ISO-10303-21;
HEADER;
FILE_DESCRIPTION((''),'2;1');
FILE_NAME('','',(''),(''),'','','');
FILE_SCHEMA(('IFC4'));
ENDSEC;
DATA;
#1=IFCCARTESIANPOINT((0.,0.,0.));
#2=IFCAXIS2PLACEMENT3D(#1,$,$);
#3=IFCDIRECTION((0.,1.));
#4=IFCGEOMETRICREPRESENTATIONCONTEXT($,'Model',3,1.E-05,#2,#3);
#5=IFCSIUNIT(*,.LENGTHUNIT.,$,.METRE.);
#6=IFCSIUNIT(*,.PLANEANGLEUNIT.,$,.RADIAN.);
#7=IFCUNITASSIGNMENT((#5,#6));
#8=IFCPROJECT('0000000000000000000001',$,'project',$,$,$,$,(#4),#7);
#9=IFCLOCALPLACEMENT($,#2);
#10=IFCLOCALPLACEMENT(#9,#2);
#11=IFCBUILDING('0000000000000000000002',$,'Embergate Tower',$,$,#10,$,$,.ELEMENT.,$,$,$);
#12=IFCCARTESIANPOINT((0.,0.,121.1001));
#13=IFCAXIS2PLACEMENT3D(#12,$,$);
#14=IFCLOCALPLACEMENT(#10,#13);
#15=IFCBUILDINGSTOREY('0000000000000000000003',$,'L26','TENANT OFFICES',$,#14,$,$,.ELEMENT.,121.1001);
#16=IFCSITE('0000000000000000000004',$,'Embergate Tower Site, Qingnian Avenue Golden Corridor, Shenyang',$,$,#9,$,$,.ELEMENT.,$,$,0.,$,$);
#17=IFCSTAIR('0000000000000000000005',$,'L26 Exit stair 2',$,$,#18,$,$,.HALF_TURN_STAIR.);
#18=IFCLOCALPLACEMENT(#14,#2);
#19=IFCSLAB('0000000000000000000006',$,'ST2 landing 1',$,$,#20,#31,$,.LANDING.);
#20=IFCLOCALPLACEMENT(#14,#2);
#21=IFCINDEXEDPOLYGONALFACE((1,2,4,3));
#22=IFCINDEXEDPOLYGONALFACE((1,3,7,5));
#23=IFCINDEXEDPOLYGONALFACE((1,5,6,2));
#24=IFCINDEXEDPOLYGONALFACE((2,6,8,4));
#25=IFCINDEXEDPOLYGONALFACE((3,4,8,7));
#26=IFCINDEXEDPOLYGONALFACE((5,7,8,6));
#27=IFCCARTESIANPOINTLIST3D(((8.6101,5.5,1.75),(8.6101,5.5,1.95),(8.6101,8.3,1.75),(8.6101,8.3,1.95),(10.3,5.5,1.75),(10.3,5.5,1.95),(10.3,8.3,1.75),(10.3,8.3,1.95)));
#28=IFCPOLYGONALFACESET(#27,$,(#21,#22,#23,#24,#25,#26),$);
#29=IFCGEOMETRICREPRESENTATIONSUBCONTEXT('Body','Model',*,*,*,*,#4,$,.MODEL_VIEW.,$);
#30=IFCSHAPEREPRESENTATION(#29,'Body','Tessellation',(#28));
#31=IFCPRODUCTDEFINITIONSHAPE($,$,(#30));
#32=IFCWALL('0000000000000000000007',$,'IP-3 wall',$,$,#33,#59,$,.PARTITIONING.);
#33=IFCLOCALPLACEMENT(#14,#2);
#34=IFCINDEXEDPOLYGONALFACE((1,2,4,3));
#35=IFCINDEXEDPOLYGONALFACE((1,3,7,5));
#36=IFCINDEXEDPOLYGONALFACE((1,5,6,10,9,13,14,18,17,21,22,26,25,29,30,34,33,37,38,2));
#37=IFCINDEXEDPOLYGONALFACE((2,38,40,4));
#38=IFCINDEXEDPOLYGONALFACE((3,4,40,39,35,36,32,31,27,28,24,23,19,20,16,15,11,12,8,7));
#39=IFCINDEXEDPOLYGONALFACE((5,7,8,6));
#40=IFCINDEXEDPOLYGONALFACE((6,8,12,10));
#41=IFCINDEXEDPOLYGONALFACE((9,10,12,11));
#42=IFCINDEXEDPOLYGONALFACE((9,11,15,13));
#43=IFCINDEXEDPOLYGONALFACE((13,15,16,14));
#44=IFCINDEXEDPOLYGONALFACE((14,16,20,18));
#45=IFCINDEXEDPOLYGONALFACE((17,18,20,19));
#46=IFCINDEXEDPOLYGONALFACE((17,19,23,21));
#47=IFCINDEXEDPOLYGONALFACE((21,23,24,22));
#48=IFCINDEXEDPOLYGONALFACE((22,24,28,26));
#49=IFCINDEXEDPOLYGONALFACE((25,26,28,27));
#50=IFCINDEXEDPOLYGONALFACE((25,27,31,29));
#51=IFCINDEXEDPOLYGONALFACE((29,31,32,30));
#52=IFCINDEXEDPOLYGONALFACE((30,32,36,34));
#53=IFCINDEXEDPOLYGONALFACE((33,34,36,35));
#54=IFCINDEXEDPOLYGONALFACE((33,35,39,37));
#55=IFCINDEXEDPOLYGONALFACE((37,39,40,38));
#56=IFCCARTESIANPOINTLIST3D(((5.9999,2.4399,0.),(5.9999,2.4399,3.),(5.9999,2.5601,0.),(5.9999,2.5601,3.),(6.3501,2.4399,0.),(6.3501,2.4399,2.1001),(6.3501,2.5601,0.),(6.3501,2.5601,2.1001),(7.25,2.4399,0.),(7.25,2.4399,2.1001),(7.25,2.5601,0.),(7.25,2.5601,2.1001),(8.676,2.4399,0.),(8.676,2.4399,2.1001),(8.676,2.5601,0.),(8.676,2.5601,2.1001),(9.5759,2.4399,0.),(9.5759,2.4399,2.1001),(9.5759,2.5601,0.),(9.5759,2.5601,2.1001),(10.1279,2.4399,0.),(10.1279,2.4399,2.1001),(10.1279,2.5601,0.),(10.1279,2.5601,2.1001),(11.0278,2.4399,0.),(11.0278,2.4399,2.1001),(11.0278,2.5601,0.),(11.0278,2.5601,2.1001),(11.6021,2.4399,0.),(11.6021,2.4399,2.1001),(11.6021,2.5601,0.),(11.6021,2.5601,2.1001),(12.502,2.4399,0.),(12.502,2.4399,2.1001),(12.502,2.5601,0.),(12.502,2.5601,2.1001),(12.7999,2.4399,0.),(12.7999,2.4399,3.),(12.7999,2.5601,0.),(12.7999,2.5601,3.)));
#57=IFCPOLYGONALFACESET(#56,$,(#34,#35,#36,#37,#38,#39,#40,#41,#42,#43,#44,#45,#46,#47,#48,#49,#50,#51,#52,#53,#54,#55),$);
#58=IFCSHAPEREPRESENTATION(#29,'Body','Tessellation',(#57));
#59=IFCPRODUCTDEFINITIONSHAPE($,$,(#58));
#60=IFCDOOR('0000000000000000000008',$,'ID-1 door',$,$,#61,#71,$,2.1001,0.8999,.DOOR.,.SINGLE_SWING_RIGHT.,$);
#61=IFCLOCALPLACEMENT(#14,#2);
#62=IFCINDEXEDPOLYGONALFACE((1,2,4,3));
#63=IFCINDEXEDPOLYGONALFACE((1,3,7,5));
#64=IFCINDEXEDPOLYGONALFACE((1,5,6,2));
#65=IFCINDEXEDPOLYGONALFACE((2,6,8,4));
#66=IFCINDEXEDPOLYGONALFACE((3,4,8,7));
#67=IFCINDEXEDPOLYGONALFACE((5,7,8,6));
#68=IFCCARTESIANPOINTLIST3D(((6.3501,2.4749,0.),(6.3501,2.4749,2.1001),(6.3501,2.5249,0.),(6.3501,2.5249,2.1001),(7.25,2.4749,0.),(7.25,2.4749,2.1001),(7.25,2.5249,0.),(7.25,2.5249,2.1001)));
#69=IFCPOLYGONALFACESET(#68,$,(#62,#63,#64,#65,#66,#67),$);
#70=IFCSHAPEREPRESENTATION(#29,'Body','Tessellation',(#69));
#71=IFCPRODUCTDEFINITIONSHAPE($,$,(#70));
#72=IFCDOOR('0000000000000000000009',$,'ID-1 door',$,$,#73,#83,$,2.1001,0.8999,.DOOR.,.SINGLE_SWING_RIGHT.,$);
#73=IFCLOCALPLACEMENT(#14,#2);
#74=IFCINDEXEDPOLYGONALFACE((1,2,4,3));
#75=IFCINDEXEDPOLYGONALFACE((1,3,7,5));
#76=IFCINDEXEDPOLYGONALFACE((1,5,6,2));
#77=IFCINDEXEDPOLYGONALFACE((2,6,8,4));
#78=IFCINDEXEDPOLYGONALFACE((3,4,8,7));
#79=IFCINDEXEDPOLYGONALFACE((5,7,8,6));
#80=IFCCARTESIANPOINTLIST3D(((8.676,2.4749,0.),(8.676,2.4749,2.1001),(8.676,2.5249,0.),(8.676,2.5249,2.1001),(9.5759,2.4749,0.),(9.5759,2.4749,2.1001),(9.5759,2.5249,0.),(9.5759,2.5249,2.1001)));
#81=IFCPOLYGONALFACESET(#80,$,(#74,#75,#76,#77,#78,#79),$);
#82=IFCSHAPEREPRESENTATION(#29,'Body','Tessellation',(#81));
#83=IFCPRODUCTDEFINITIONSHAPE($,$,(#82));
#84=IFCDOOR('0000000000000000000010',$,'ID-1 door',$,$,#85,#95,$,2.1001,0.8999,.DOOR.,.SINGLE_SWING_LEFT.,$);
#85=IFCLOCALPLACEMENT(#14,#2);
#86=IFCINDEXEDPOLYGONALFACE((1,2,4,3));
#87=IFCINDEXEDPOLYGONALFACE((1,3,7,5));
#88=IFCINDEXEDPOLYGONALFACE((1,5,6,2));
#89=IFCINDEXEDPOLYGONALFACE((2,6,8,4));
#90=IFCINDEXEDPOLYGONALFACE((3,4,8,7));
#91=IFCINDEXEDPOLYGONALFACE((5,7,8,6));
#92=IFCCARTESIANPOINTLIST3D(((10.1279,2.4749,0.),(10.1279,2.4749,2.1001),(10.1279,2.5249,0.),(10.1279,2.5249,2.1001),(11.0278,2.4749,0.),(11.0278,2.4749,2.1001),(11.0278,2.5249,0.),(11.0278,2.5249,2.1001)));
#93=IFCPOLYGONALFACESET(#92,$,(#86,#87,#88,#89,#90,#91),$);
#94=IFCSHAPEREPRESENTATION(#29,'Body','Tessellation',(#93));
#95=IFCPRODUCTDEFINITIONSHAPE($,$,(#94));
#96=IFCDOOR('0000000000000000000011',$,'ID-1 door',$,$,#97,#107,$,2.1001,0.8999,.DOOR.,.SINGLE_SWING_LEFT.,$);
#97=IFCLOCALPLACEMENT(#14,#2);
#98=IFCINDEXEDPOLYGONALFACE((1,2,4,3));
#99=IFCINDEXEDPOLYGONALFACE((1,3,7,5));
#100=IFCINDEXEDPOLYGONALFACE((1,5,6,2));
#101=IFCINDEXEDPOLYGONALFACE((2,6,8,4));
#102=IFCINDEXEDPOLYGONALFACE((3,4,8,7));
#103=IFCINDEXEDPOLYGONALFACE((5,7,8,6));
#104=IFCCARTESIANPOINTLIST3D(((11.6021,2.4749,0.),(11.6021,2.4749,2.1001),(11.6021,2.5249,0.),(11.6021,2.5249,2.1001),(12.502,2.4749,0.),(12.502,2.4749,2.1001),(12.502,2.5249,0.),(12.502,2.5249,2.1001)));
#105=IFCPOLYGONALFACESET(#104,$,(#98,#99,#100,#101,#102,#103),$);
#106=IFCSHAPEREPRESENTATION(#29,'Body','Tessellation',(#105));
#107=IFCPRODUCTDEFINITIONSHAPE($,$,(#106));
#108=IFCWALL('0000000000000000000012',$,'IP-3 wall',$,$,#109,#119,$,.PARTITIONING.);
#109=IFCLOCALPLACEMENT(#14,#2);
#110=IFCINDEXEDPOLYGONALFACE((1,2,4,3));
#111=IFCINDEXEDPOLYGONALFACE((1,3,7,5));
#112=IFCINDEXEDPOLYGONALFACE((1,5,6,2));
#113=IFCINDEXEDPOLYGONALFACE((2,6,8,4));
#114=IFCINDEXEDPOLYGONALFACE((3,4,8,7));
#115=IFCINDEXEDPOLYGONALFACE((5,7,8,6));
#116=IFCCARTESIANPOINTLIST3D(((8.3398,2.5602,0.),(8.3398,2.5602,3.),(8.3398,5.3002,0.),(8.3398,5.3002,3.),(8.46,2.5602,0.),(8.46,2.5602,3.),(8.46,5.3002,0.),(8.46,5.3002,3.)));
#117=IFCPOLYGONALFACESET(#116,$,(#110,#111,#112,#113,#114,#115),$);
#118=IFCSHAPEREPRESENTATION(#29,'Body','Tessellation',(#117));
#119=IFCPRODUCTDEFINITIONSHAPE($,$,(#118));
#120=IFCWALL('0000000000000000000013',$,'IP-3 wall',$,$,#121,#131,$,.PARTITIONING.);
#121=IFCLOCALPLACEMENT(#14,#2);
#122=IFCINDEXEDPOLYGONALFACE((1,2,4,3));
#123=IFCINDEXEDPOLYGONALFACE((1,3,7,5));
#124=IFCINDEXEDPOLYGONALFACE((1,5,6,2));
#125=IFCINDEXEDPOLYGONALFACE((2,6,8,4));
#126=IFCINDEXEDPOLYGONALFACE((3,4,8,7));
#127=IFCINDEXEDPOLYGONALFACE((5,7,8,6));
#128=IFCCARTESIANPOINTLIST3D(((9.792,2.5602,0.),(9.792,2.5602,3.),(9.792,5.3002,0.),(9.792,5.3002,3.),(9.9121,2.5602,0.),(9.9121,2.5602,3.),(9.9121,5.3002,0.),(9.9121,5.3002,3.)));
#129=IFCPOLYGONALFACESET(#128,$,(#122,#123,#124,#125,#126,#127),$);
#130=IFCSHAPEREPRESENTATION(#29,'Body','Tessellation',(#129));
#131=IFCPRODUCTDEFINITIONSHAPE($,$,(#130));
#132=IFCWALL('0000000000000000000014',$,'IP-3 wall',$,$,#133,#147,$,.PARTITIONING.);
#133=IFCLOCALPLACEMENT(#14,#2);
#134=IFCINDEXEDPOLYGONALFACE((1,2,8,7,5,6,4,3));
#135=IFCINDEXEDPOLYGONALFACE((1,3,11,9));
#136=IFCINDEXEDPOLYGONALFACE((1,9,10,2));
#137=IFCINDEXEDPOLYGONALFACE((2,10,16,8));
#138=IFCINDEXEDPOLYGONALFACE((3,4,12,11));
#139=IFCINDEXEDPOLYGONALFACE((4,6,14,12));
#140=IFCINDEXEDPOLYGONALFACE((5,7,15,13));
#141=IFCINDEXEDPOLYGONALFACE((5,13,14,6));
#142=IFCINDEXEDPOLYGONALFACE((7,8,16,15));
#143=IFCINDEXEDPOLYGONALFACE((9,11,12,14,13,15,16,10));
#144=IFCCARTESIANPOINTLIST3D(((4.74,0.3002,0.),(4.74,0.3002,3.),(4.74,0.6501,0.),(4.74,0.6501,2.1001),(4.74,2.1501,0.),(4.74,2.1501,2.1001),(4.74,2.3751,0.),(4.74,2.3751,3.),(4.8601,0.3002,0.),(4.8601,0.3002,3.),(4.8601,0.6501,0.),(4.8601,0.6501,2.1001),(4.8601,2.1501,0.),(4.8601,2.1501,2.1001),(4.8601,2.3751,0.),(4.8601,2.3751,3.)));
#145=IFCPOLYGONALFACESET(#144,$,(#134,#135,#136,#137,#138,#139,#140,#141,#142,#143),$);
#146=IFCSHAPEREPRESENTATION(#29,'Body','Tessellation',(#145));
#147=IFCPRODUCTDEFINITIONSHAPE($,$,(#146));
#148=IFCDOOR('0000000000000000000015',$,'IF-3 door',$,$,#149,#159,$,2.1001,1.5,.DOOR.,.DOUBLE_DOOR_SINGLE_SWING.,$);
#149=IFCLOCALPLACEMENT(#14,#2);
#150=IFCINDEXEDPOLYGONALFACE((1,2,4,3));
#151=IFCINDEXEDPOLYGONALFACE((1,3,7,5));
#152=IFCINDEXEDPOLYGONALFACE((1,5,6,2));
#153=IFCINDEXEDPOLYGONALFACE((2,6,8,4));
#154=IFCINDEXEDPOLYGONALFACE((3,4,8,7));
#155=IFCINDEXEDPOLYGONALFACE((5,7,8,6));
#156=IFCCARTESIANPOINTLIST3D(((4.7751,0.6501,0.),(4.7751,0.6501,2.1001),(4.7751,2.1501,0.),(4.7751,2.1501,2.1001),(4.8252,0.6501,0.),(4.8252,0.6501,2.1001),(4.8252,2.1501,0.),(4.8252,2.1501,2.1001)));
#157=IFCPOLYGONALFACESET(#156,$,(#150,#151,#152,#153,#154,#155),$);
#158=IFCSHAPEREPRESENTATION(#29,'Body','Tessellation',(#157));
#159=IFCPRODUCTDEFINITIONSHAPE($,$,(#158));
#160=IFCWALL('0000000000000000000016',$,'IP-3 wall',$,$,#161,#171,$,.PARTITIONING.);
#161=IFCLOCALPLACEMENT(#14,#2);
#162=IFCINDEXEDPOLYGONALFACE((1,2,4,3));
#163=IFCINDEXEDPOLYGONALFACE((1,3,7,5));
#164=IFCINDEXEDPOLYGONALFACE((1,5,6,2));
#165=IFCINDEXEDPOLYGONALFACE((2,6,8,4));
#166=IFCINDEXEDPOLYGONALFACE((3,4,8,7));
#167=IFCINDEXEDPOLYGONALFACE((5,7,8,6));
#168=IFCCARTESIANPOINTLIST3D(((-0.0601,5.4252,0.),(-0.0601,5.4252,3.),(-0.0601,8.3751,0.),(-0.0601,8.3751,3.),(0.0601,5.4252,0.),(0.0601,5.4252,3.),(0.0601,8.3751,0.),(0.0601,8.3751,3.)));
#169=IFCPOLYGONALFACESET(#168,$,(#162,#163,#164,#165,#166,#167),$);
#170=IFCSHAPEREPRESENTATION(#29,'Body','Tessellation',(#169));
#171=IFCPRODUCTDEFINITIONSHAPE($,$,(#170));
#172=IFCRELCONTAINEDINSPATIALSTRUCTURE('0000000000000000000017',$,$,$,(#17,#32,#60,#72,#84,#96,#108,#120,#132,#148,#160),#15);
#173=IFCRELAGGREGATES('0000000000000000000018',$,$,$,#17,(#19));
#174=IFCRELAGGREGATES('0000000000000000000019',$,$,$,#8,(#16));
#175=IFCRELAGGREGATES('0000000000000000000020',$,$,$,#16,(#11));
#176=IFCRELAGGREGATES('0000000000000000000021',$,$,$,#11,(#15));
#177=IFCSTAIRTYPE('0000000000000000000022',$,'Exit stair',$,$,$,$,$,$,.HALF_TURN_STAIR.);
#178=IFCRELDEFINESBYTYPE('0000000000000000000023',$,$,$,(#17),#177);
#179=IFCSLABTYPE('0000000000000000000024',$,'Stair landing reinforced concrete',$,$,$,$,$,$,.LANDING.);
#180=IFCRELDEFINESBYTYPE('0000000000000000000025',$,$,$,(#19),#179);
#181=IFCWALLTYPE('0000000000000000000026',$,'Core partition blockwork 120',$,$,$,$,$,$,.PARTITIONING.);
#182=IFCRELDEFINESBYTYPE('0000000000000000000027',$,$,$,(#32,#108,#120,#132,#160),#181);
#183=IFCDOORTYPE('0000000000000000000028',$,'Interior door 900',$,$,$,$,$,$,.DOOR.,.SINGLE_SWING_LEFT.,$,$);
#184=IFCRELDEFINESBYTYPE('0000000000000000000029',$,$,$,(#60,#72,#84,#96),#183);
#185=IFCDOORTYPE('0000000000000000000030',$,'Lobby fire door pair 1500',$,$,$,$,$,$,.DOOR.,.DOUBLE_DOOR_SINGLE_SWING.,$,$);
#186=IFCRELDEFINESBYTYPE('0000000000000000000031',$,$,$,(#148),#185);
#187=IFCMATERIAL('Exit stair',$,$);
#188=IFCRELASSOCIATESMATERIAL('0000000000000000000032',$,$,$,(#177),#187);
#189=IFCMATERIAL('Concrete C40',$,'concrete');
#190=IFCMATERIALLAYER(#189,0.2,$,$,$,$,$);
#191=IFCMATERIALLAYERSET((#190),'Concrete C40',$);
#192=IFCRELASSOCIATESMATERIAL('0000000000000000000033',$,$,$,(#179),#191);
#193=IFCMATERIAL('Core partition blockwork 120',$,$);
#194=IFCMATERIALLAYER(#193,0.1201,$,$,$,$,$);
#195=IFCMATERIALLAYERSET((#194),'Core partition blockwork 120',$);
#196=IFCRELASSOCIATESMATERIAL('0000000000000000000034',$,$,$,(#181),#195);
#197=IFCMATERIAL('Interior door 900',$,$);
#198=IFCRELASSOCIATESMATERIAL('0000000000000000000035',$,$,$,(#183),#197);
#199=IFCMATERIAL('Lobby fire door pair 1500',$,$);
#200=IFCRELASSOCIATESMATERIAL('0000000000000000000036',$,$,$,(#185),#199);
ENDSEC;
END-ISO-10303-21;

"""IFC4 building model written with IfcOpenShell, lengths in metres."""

from ifc_helpers import new_model, si_unit, direction, frame, frame_2d, origin, place, context, subcontext, project, spatial, polyline, rectangle, outline, extrude, source, transform, mapped, material, layer, layer_set, type_object, element, fill, aggregate, save


model = new_model("IFC4")

# Units and contexts
model_context = context("Model", 3, precision=1e-05, world=origin(), true_north=direction((0.0, 1.0)))
body_context = subcontext(model_context, "Body", "Model", "MODEL_VIEW")
ifc_project = project(units=[si_unit("LENGTHUNIT", "METRE"), si_unit("PLANEANGLEUNIT", "RADIAN")], contexts=[model_context])

# Site, building, storey
site_placement = place(None, origin())
site = spatial("IfcSite", under=ifc_project, at=site_placement, Name="Embergate Tower Site, Qingnian Avenue Golden Corridor, Shenyang", CompositionType="ELEMENT", RefElevation=0.0)
building_placement = place(site_placement, origin())
building = spatial("IfcBuilding", under=site, at=building_placement, Name="Embergate Tower", CompositionType="ELEMENT")
storey_placement = place(building_placement, frame((0.0, 0.0, 121.1001)))
storey = spatial("IfcBuildingStorey", under=building, at=storey_placement, Name="L26", Description="TENANT OFFICES", CompositionType="ELEMENT", Elevation=121.1001)

# Stair, slab
ifc_material_1 = material(Name="Exit stair")
stair_type = type_object("IfcStairType", Name="Exit stair", PredefinedType="HALF_TURN_STAIR", material=ifc_material_1)
stair_placement = place(storey_placement, origin())
stair = element("IfcStair", 1, at=stair_placement, inside=storey, type_object=stair_type, Name="L26 Exit stair 2", PredefinedType="HALF_TURN_STAIR")
ifc_material_2 = material(Name="Concrete C40", Category="concrete")
ifc_layer_1 = layer(ifc_material_2, 0.2)
ifc_layer_set_1 = layer_set([ifc_layer_1], Name="Concrete C40")
slab_type = type_object("IfcSlabType", Name="Stair landing reinforced concrete", PredefinedType="LANDING", material=ifc_layer_set_1)
shared_shape_1 = source(origin(), body_context, "Body", "SweptSolid", [
    extrude(outline(polyline([(0.0, 0.0), (1.6899, 0.0), (1.6899, 2.8), (0.0, 2.8), (0.0, 0.0)])), origin(), (0.0, 0.0, 1.0), 0.2),
])
slab_placement = place(storey_placement, frame((8.6101, 5.5, 1.75)))
slab = element("IfcSlab", 2, at=slab_placement, type_object=slab_type, Name="ST2 landing 1", PredefinedType="LANDING", context=body_context, shape_type="MappedRepresentation", body=[
    mapped(shared_shape_1, transform((0.0, 0.0, 0.0))),
])

# Wall, openings, doors
ifc_material_3 = material(Name="Core partition blockwork 120")
ifc_layer_2 = layer(ifc_material_3, 0.1201)
ifc_layer_set_2 = layer_set([ifc_layer_2], Name="Core partition blockwork 120")
wall_type_1 = type_object("IfcWallType", Name="Core partition blockwork 120", PredefinedType="PARTITIONING", material=ifc_layer_set_2)
shared_shape_2 = source(origin(), body_context, "Body", "SweptSolid", [
    extrude(rectangle(XDim=6.8, YDim=0.1201, at=frame_2d((3.3999, 0.0))), origin(), (0.0, 0.0, 1.0), 3.0),
])
wall_1_placement = place(storey_placement, frame((6.0, 2.5, 0.0), z_axis=(0.0, 0.0, 1.0), x_axis=(1.0, 0.0, 0.0)))
wall_1 = element("IfcWall", 3, at=wall_1_placement, inside=storey, type_object=wall_type_1, Name="IP-3 wall", PredefinedType="PARTITIONING", context=body_context, shape_type="MappedRepresentation", body=[
    mapped(shared_shape_2, transform((0.0, 0.0, 0.0))),
])
shared_shape_3 = source(origin(), body_context, "Body", "SweptSolid", [
    extrude(rectangle(XDim=0.8999, YDim=2.1001, at=frame_2d((0.45, 1.05))), frame((0.0, 0.0701, 0.0), z_axis=(0.0, -1.0, 0.0), x_axis=(1.0, 0.0, 0.0)), (0.0, 0.0, 1.0), 0.1401),
])
opening_1_placement = place(wall_1_placement, frame((0.3501, 0.0, 0.0)))
opening_1 = element("IfcOpeningElement", 4, at=opening_1_placement, cuts=wall_1, PredefinedType="OPENING", context=body_context, shape_type="MappedRepresentation", body=[
    mapped(shared_shape_3, transform((0.0, 0.0, 0.0))),
])
opening_2_placement = place(wall_1_placement, frame((2.676, 0.0, 0.0)))
opening_2 = element("IfcOpeningElement", 5, at=opening_2_placement, cuts=wall_1, PredefinedType="OPENING", context=body_context, shape_type="MappedRepresentation", body=[
    mapped(shared_shape_3, transform((0.0, 0.0, 0.0))),
])
opening_3_placement = place(wall_1_placement, frame((4.1279, 0.0, 0.0)))
opening_3 = element("IfcOpeningElement", 6, at=opening_3_placement, cuts=wall_1, PredefinedType="OPENING", context=body_context, shape_type="MappedRepresentation", body=[
    mapped(shared_shape_3, transform((0.0, 0.0, 0.0))),
])
opening_4_placement = place(wall_1_placement, frame((5.6021, 0.0, 0.0)))
opening_4 = element("IfcOpeningElement", 7, at=opening_4_placement, cuts=wall_1, PredefinedType="OPENING", context=body_context, shape_type="MappedRepresentation", body=[
    mapped(shared_shape_3, transform((0.0, 0.0, 0.0))),
])
ifc_material_4 = material(Name="Interior door 900")
door_type_1 = type_object("IfcDoorType", Name="Interior door 900", OperationType="SINGLE_SWING_LEFT", PredefinedType="DOOR", material=ifc_material_4)
shared_shape_4 = source(origin(), body_context, "Body", "SweptSolid", [
    extrude(rectangle(XDim=0.8999, YDim=2.1001, at=frame_2d((0.45, 1.05))), frame((0.0, 0.0249, 0.0), z_axis=(0.0, -1.0, 0.0), x_axis=(1.0, 0.0, 0.0)), (0.0, 0.0, 1.0), 0.05),
])
door_1_placement = place(opening_1_placement, origin())
door_1 = element("IfcDoor", 8, at=door_1_placement, inside=storey, type_object=door_type_1, Name="ID-1 door", OperationType="SINGLE_SWING_RIGHT", OverallHeight=2.1001, OverallWidth=0.8999, PredefinedType="DOOR", context=body_context, shape_type="MappedRepresentation", body=[
    mapped(shared_shape_4, transform((0.0, 0.0, 0.0))),
])
fill(opening_1, door_1)
door_2_placement = place(opening_2_placement, origin())
door_2 = element("IfcDoor", 9, at=door_2_placement, inside=storey, type_object=door_type_1, Name="ID-1 door", OperationType="SINGLE_SWING_RIGHT", OverallHeight=2.1001, OverallWidth=0.8999, PredefinedType="DOOR", context=body_context, shape_type="MappedRepresentation", body=[
    mapped(shared_shape_4, transform((0.0, 0.0, 0.0))),
])
fill(opening_2, door_2)
door_3_placement = place(opening_3_placement, origin())
door_3 = element("IfcDoor", 10, at=door_3_placement, inside=storey, type_object=door_type_1, Name="ID-1 door", OperationType="SINGLE_SWING_LEFT", OverallHeight=2.1001, OverallWidth=0.8999, PredefinedType="DOOR", context=body_context, shape_type="MappedRepresentation", body=[
    mapped(shared_shape_4, transform((0.0, 0.0, 0.0))),
])
fill(opening_3, door_3)
door_4_placement = place(opening_4_placement, origin())
door_4 = element("IfcDoor", 11, at=door_4_placement, inside=storey, type_object=door_type_1, Name="ID-1 door", OperationType="SINGLE_SWING_LEFT", OverallHeight=2.1001, OverallWidth=0.8999, PredefinedType="DOOR", context=body_context, shape_type="MappedRepresentation", body=[
    mapped(shared_shape_4, transform((0.0, 0.0, 0.0))),
])
fill(opening_4, door_4)

# Walls
shared_shape_5 = source(origin(), body_context, "Body", "SweptSolid", [
    extrude(rectangle(XDim=2.74, YDim=0.1201, at=frame_2d((1.3701, 0.0))), origin(), (0.0, 0.0, 1.0), 3.0),
])
for number, where, z_axis, x_axis, name in (
    (12, (8.3999, 2.5601, 0.0), (0.0, 0.0, 1.0), (0.0, 1.0, 0.0), "IP-3 wall"),
    (13, (9.8521, 2.5601, 0.0), (0.0, 0.0, 1.0), (0.0, 1.0, 0.0), "IP-3 wall"),
):
    element("IfcWall", number, at=place(storey_placement, frame(where, z_axis=z_axis, x_axis=x_axis)), inside=storey, type_object=wall_type_1, Name=name, PredefinedType="PARTITIONING", context=body_context, shape_type="MappedRepresentation", body=[
        mapped(shared_shape_5, transform((0.0, 0.0, 0.0))),
    ])

# Wall, opening, door
shared_shape_6 = source(origin(), body_context, "Body", "SweptSolid", [
    extrude(rectangle(XDim=2.075, YDim=0.1201, at=frame_2d((1.0376, 0.0))), origin(), (0.0, 0.0, 1.0), 3.0),
])
wall_2_placement = place(storey_placement, frame((4.8, 0.3, 0.0), z_axis=(0.0, 0.0, 1.0), x_axis=(0.0, 1.0, 0.0)))
wall_2 = element("IfcWall", 14, at=wall_2_placement, inside=storey, type_object=wall_type_1, Name="IP-3 wall", PredefinedType="PARTITIONING", context=body_context, shape_type="MappedRepresentation", body=[
    mapped(shared_shape_6, transform((0.0, 0.0, 0.0))),
])
shared_shape_7 = source(origin(), body_context, "Body", "SweptSolid", [
    extrude(rectangle(XDim=1.5, YDim=2.1001, at=frame_2d((0.75, 1.05))), frame((0.0, 0.0701, 0.0), z_axis=(0.0, -1.0, 0.0), x_axis=(1.0, 0.0, 0.0)), (0.0, 0.0, 1.0), 0.1401),
])
opening_5_placement = place(wall_2_placement, frame((0.3501, 0.0, 0.0)))
opening_5 = element("IfcOpeningElement", 15, at=opening_5_placement, cuts=wall_2, PredefinedType="OPENING", context=body_context, shape_type="MappedRepresentation", body=[
    mapped(shared_shape_7, transform((0.0, 0.0, 0.0))),
])
ifc_material_5 = material(Name="Lobby fire door pair 1500")
door_type_2 = type_object("IfcDoorType", Name="Lobby fire door pair 1500", OperationType="DOUBLE_DOOR_SINGLE_SWING", PredefinedType="DOOR", material=ifc_material_5)
shared_shape_8 = source(origin(), body_context, "Body", "SweptSolid", [
    extrude(rectangle(XDim=1.5, YDim=2.1001, at=frame_2d((0.75, 1.05))), frame((0.0, 0.0249, 0.0), z_axis=(0.0, -1.0, 0.0), x_axis=(1.0, 0.0, 0.0)), (0.0, 0.0, 1.0), 0.05),
])
door_5_placement = place(opening_5_placement, origin())
door_5 = element("IfcDoor", 16, at=door_5_placement, inside=storey, type_object=door_type_2, Name="IF-3 door", OperationType="DOUBLE_DOOR_SINGLE_SWING", OverallHeight=2.1001, OverallWidth=1.5, PredefinedType="DOOR", context=body_context, shape_type="MappedRepresentation", body=[
    mapped(shared_shape_8, transform((0.0, 0.0, 0.0))),
])
fill(opening_5, door_5)

# Wall
shared_shape_9 = source(origin(), body_context, "Body", "SweptSolid", [
    extrude(rectangle(XDim=2.95, YDim=0.1201, at=frame_2d((1.4751, 0.0))), origin(), (0.0, 0.0, 1.0), 3.0),
])
wall_3_placement = place(storey_placement, frame((0.0, 5.425, 0.0), z_axis=(0.0, 0.0, 1.0), x_axis=(0.0, 1.0, 0.0)))
element("IfcWall", 17, at=wall_3_placement, inside=storey, type_object=wall_type_1, Name="IP-3 wall", PredefinedType="PARTITIONING", context=body_context, shape_type="MappedRepresentation", body=[
    mapped(shared_shape_9, transform((0.0, 0.0, 0.0))),
])

aggregate(stair, [slab])

save(model, "model.ifc")
